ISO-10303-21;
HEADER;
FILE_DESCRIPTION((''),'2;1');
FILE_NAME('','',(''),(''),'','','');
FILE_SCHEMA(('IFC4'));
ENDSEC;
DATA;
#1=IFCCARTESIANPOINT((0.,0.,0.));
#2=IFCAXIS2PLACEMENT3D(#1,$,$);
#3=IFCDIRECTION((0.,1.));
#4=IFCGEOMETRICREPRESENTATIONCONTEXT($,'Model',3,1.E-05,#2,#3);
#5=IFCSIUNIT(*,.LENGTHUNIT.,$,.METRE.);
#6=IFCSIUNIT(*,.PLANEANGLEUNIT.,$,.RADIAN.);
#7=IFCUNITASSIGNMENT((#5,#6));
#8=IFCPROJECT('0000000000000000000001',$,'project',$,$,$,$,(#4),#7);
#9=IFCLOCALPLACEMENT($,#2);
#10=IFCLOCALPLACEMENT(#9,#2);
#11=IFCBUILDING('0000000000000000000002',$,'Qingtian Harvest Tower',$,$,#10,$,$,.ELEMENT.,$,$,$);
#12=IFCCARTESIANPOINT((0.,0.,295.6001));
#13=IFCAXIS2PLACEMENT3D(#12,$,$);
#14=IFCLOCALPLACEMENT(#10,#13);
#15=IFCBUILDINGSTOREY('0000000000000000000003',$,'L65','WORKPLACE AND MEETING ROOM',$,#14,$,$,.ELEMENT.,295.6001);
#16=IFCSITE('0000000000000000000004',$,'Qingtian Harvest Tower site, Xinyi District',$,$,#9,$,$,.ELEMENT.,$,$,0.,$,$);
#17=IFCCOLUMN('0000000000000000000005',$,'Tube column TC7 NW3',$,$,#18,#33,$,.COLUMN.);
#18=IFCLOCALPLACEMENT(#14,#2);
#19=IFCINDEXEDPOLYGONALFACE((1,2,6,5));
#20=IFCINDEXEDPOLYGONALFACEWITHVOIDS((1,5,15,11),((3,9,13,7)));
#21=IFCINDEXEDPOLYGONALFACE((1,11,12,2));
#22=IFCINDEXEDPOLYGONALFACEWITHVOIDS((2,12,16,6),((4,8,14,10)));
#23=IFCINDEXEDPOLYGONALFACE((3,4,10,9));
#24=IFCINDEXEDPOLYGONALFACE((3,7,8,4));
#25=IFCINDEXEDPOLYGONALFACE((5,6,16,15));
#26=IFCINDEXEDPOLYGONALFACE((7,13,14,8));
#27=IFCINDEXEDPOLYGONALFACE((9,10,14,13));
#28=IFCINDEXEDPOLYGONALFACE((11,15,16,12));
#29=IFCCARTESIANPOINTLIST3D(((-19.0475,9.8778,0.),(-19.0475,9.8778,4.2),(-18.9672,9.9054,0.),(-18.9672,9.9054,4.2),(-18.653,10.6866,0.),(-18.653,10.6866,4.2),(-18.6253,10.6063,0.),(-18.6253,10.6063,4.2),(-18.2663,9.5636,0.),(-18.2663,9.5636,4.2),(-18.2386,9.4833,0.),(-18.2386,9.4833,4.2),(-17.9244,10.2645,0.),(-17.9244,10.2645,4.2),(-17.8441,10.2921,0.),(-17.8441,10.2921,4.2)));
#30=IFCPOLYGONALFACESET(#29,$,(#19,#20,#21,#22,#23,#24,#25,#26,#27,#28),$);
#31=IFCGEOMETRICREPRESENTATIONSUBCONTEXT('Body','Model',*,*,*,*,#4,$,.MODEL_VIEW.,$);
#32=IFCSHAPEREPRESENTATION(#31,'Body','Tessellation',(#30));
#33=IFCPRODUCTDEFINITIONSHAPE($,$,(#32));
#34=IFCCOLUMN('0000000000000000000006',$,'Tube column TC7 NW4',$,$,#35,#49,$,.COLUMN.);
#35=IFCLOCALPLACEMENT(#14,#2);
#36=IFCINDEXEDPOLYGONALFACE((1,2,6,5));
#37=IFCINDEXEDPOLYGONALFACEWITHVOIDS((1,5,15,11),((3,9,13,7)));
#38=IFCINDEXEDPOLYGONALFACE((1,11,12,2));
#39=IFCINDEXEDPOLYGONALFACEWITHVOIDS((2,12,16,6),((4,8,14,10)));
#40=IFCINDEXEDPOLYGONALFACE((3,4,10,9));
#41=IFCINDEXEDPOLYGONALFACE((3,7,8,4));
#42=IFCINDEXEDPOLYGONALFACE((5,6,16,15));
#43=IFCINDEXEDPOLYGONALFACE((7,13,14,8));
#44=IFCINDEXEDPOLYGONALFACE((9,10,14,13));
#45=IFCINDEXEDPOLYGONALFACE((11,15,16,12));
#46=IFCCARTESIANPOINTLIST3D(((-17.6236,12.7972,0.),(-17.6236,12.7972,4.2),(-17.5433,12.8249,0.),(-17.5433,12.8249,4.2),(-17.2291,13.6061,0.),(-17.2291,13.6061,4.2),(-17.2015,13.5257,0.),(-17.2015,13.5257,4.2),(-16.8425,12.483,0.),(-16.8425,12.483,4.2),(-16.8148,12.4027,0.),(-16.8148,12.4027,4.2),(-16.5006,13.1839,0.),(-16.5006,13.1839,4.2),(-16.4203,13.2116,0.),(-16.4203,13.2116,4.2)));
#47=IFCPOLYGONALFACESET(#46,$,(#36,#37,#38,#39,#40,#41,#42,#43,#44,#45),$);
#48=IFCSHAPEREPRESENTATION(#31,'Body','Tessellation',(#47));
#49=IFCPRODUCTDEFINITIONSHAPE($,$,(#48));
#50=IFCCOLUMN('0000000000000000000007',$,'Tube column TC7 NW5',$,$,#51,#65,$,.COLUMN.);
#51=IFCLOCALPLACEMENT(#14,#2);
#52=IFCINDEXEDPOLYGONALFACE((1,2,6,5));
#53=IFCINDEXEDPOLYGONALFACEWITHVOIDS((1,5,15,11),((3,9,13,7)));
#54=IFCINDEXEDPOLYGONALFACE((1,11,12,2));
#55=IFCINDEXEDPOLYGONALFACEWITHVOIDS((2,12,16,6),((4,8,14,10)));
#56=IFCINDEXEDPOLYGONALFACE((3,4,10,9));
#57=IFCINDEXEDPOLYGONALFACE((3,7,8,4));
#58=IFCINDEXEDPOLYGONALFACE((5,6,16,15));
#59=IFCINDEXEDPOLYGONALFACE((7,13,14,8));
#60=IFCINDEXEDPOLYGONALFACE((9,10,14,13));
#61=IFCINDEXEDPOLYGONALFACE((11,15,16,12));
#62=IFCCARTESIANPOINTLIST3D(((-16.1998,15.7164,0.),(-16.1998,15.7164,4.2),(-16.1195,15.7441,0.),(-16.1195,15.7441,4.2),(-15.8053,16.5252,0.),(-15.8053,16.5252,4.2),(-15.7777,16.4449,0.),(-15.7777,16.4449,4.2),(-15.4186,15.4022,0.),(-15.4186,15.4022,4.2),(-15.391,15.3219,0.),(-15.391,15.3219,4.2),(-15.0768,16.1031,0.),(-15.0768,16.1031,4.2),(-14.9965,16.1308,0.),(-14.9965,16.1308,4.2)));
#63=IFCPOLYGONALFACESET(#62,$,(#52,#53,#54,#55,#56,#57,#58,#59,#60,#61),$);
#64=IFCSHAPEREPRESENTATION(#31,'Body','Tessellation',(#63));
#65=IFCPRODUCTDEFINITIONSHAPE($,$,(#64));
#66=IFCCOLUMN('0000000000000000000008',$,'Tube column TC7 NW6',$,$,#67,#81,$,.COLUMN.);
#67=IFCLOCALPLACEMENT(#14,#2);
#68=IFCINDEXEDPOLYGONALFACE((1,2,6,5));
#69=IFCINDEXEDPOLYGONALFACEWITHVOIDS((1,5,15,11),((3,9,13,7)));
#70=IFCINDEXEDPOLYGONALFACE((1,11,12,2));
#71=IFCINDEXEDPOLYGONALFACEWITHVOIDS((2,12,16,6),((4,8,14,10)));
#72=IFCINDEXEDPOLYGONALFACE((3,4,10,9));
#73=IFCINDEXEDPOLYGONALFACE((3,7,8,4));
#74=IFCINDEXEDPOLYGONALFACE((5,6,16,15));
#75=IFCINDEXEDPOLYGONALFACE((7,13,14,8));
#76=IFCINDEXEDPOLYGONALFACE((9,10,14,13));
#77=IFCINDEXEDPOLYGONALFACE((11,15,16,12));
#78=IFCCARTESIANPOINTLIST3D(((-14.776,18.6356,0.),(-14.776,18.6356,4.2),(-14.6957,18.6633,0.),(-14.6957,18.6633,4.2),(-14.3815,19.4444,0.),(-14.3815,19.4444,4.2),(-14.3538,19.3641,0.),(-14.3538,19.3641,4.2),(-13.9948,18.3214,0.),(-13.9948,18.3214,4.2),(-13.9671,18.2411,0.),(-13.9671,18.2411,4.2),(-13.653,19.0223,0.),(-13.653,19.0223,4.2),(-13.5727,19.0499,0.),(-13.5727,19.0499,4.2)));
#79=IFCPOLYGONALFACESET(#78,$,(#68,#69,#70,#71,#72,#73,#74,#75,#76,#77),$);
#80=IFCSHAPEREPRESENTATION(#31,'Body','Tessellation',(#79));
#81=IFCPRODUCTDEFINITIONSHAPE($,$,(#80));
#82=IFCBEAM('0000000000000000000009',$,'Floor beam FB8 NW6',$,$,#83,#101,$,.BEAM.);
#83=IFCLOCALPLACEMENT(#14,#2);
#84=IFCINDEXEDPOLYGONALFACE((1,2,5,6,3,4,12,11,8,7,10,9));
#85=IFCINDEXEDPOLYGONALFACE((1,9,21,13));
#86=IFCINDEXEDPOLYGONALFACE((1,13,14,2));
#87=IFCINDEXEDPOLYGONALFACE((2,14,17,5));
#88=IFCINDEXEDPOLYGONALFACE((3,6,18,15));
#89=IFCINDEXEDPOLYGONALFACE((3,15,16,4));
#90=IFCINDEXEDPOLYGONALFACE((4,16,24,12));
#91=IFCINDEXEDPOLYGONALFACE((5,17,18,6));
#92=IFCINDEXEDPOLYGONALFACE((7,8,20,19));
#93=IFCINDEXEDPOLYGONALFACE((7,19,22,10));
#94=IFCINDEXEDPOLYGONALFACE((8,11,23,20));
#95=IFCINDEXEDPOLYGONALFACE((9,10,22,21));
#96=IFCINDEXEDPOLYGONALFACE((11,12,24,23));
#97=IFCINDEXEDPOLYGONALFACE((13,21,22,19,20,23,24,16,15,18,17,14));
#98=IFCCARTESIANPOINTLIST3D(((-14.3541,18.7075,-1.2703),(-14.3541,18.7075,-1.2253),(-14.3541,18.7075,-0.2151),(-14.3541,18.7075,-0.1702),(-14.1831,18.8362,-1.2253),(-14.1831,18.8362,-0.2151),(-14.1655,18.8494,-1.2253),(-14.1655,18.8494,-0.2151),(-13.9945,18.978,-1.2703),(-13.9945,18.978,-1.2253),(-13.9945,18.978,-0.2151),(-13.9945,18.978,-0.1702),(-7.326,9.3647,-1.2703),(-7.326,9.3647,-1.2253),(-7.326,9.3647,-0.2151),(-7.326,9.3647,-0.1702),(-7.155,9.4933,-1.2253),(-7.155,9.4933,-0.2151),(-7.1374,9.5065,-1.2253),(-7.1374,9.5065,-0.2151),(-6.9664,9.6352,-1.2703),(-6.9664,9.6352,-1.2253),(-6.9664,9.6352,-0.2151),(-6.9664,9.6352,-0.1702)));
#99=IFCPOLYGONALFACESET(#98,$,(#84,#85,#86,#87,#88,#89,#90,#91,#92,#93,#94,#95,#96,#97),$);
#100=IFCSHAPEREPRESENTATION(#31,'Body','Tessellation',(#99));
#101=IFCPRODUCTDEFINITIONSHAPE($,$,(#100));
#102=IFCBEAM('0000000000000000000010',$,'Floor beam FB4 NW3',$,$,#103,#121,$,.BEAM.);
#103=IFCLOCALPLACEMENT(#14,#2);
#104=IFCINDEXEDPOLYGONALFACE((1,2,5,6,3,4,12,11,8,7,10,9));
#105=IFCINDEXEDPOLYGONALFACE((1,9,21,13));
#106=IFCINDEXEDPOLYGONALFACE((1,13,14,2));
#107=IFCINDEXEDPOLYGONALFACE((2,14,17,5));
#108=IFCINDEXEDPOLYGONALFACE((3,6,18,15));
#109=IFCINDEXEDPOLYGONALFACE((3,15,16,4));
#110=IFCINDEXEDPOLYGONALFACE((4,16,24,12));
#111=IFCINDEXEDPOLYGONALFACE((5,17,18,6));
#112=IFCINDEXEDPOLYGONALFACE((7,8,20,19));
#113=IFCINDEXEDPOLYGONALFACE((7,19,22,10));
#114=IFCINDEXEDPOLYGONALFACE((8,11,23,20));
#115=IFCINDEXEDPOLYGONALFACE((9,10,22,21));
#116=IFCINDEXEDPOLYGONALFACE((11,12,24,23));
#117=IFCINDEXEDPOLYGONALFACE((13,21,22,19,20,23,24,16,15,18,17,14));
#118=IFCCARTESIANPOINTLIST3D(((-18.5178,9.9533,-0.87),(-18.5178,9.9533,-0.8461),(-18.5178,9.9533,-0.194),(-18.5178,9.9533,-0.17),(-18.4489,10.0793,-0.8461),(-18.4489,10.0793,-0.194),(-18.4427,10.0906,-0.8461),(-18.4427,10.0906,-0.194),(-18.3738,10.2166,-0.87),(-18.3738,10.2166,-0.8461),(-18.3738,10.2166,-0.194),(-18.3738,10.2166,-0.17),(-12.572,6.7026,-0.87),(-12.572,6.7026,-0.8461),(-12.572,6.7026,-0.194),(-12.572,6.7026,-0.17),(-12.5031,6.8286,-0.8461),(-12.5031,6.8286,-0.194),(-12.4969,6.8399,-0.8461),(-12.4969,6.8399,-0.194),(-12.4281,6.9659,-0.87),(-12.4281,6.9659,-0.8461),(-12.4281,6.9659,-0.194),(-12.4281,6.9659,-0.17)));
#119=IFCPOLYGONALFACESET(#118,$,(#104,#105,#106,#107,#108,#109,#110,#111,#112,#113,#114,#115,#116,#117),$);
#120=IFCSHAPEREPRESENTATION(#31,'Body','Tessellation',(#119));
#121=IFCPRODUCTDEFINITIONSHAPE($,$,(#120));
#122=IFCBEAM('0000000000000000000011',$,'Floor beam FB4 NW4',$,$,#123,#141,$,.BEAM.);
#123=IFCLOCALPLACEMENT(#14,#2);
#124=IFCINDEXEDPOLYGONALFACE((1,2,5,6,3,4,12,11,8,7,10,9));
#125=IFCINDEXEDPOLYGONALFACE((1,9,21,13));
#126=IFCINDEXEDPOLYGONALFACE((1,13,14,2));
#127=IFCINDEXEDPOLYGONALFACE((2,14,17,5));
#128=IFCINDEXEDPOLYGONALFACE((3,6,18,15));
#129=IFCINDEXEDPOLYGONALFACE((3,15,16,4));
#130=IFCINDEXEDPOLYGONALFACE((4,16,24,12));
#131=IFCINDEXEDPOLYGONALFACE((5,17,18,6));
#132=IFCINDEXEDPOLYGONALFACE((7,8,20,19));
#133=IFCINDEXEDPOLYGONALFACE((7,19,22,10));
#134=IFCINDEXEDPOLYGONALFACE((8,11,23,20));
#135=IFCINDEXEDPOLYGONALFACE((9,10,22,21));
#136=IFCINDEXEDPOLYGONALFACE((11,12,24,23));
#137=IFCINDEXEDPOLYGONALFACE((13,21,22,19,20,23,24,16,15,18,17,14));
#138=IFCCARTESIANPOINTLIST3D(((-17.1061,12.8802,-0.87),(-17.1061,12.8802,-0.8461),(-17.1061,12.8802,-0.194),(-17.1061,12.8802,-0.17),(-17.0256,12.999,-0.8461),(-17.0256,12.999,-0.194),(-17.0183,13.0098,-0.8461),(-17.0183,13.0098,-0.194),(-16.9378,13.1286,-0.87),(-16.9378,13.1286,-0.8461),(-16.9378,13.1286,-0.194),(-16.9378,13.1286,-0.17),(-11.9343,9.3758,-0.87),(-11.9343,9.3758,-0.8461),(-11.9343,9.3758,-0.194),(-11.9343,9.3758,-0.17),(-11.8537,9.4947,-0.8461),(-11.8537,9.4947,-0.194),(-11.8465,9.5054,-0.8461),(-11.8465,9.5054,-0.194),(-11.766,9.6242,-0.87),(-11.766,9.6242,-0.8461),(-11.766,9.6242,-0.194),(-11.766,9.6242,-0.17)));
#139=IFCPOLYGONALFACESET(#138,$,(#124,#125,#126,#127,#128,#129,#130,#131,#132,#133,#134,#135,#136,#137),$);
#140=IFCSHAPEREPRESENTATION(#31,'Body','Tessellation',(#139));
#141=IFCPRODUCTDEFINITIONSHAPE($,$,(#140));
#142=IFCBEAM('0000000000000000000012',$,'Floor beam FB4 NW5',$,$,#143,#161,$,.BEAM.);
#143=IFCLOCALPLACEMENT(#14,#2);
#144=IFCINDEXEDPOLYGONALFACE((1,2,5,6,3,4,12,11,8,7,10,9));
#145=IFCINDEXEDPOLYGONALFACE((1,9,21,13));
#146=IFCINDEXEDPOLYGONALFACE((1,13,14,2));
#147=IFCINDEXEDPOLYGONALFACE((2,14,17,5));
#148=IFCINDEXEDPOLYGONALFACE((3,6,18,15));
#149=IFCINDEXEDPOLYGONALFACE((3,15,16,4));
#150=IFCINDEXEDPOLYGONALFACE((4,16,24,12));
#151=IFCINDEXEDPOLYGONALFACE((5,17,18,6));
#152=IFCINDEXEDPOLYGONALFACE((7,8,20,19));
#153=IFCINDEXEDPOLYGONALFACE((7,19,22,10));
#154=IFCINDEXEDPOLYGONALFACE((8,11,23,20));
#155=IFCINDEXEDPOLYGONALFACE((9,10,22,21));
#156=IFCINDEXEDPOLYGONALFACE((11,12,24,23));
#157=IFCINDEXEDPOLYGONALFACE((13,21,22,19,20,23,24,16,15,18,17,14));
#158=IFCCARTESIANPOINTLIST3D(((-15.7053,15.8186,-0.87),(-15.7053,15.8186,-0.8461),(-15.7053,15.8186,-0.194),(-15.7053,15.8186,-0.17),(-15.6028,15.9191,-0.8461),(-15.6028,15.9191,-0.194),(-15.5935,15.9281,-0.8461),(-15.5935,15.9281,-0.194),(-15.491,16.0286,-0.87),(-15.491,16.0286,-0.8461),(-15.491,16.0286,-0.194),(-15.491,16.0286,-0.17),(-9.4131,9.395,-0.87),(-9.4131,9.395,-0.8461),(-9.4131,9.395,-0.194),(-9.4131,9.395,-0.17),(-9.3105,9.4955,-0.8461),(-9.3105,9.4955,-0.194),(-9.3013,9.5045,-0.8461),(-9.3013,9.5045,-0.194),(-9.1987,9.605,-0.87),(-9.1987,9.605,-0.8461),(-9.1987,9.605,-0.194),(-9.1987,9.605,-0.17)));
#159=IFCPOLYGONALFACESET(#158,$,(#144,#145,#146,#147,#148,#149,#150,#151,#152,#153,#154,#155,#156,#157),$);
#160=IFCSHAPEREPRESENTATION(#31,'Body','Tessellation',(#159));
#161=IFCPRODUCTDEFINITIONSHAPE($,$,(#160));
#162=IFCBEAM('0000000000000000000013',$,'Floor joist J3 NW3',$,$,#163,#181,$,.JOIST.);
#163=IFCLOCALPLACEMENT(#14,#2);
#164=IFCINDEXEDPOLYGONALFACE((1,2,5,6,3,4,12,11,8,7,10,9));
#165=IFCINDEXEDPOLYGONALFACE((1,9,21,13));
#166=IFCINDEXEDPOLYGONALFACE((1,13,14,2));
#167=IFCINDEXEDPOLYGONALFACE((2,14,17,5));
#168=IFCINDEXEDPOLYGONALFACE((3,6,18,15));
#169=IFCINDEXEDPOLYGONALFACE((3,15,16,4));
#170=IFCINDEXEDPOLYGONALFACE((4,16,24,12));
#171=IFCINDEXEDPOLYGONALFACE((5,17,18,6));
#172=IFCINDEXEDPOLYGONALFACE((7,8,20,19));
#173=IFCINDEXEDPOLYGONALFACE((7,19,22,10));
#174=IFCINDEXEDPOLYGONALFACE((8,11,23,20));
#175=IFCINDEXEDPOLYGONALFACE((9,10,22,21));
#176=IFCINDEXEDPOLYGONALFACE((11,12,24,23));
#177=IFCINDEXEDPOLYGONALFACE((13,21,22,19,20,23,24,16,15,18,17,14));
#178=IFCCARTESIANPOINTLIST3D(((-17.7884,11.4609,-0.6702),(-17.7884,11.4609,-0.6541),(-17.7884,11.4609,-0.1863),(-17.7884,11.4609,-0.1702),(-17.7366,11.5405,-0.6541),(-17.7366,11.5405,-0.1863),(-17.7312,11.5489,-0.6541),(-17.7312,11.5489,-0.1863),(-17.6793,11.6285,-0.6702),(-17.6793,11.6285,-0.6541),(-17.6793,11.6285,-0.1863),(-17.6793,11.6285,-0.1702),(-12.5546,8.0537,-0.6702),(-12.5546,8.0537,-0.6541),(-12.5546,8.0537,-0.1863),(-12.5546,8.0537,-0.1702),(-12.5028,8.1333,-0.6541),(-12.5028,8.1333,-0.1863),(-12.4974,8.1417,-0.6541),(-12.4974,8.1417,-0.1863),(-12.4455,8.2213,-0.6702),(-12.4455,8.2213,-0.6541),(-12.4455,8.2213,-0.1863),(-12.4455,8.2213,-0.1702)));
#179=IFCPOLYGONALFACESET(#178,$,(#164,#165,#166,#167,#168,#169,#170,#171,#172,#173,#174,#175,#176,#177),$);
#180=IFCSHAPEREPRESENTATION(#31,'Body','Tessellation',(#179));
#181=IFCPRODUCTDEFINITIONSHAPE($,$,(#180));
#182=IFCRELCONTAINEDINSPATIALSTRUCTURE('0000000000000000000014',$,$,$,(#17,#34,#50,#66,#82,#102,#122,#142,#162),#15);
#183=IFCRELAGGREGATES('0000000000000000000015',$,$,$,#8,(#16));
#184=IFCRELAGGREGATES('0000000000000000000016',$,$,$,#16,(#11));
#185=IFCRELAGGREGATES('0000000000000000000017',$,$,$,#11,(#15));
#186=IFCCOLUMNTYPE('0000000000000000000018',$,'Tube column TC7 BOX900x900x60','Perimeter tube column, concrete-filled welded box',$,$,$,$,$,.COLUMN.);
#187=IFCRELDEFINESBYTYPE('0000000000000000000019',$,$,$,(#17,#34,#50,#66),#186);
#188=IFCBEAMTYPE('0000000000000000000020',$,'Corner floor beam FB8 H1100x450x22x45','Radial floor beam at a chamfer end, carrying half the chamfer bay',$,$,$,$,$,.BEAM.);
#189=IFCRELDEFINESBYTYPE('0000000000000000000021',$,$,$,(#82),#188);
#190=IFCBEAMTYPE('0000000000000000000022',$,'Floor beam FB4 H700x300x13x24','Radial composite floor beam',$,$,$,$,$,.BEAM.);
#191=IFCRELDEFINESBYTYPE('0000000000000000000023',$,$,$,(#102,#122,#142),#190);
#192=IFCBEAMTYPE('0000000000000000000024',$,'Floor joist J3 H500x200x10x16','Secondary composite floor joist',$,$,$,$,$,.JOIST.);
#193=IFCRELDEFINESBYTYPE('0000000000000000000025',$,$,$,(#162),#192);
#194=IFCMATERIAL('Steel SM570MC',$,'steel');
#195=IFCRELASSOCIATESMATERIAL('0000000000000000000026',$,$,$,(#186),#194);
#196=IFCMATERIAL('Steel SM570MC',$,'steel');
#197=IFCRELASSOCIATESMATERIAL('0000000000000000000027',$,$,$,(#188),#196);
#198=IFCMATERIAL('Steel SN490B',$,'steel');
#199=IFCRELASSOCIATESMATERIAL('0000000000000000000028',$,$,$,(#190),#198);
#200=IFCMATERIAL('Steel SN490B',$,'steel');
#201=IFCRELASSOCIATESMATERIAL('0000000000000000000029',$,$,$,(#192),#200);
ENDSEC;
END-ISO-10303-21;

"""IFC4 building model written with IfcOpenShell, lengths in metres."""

from ifc_helpers import new_model, si_unit, direction, frame, origin, origin_2d, place, context, subcontext, project, spatial, hollow_rectangle, i_section, extrude, material, material_profile, profile_set, type_object, element, save


model = new_model("IFC4")

# Units and contexts
model_context = context("Model", 3, precision=1e-05, world=origin(), true_north=direction((0.0, 1.0)))
body_context = subcontext(model_context, "Body", "Model", "MODEL_VIEW")
ifc_project = project(units=[si_unit("LENGTHUNIT", "METRE"), si_unit("PLANEANGLEUNIT", "RADIAN")], contexts=[model_context])

# Site, building, storey
site_placement = place(None, origin())
site = spatial("IfcSite", under=ifc_project, at=site_placement, Name="Qingtian Harvest Tower site, Xinyi District", CompositionType="ELEMENT", RefElevation=0.0)
building_placement = place(site_placement, origin())
building = spatial("IfcBuilding", under=site, at=building_placement, Name="Qingtian Harvest Tower", CompositionType="ELEMENT")
storey_placement = place(building_placement, frame((0.0, 0.0, 295.6001)))
storey = spatial("IfcBuildingStorey", under=building, at=storey_placement, Name="L65", Description="WORKPLACE AND MEETING ROOM", CompositionType="ELEMENT", Elevation=295.6001)

# Columns
ifc_material_1 = material(Name="Steel SM570MC", Category="steel")
ifc_material_profile_1 = material_profile(ifc_material_1, hollow_rectangle(XDim=0.8999, YDim=0.8999, WallThickness=0.0601, at=origin_2d()), Name="BOX900x900x60")
ifc_profile_set_1 = profile_set([ifc_material_profile_1], Name="Steel SM570MC")
column_type = type_object("IfcColumnType", Name="Tube column TC7 BOX900x900x60", Description="Perimeter tube column, concrete-filled welded box", PredefinedType="COLUMN", material=ifc_profile_set_1)
for number, where, z_axis, x_axis, name in (
    (1, (-18.4458, 10.085, 0.0), (0.0, 0.0, 1.0), (-0.438371, -0.898794, 0.0), "Tube column TC7 NW3"),
    (2, (-17.022, 13.0044, 0.0), (0.0, 0.0, 1.0), (-0.438371, -0.898794, 0.0), "Tube column TC7 NW4"),
    (3, (-15.5981, 15.9236, 0.0), (0.0, 0.0, 1.0), (-0.438371, -0.898794, 0.0), "Tube column TC7 NW5"),
    (4, (-14.1743, 18.8428, 0.0), (0.0, 0.0, 1.0), (-0.438371, -0.898794, 0.0), "Tube column TC7 NW6"),
):
    element("IfcColumn", number, at=place(storey_placement, frame(where, z_axis=z_axis, x_axis=x_axis)), inside=storey, type_object=column_type, Name=name, PredefinedType="COLUMN", context=body_context, shape_type="SweptSolid", body=[
        extrude(hollow_rectangle(XDim=0.8999, YDim=0.8999, WallThickness=0.0601, at=origin_2d()), origin(), (0.0, 0.0, 1.0), 4.2),
    ])

# Beams
ifc_material_2 = material(Name="Steel SM570MC", Category="steel")
ifc_material_profile_2 = material_profile(ifc_material_2, i_section(OverallWidth=0.45, OverallDepth=1.1001, WebThickness=0.022, FlangeThickness=0.0449, at=origin_2d()), Name="H1100x450x22x45")
ifc_profile_set_2 = profile_set([ifc_material_profile_2], Name="Steel SM570MC")
beam_type_1 = type_object("IfcBeamType", Name="Corner floor beam FB8 H1100x450x22x45", Description="Radial floor beam at a chamfer end, carrying half the chamfer bay", PredefinedType="BEAM", material=ifc_profile_set_2)
beam_1_placement = place(storey_placement, frame((-14.1743, 18.8428, -0.7202), z_axis=(0.601149, -0.799137, 0.0), x_axis=(0.799137, 0.601149, 0.0)))
element("IfcBeam", 5, at=beam_1_placement, inside=storey, type_object=beam_type_1, Name="Floor beam FB8 NW6", PredefinedType="BEAM", context=body_context, shape_type="SweptSolid", body=[
    extrude(i_section(OverallWidth=0.45, OverallDepth=1.1001, WebThickness=0.022, FlangeThickness=0.0449, at=origin_2d()), origin(), (0.0, 0.0, 1.0), 11.6912),
])
ifc_material_3 = material(Name="Steel SN490B", Category="steel")
ifc_material_profile_3 = material_profile(ifc_material_3, i_section(OverallWidth=0.3, OverallDepth=0.7, WebThickness=0.0129, FlangeThickness=0.0239, at=origin_2d()), Name="H700x300x13x24")
ifc_profile_set_3 = profile_set([ifc_material_profile_3], Name="Steel SN490B")
beam_type_2 = type_object("IfcBeamType", Name="Floor beam FB4 H700x300x13x24", Description="Radial composite floor beam", PredefinedType="BEAM", material=ifc_profile_set_3)
beam_2_placement = place(storey_placement, frame((-18.4458, 10.085, -0.52), z_axis=(0.877426, -0.479713, 0.0), x_axis=(0.479713, 0.877426, 0.0)))
element("IfcBeam", 6, at=beam_2_placement, inside=storey, type_object=beam_type_2, Name="Floor beam FB4 NW3", PredefinedType="BEAM", context=body_context, shape_type="SweptSolid", body=[
    extrude(i_section(OverallWidth=0.3, OverallDepth=0.7, WebThickness=0.0129, FlangeThickness=0.0239, at=origin_2d()), origin(), (0.0, 0.0, 1.0), 6.7764),
])
beam_3_placement = place(storey_placement, frame((-17.022, 13.0044, -0.52), z_axis=(0.827854, -0.560943, 0.0), x_axis=(0.560943, 0.827854, 0.0)))
element("IfcBeam", 7, at=beam_3_placement, inside=storey, type_object=beam_type_2, Name="Floor beam FB4 NW4", PredefinedType="BEAM", context=body_context, shape_type="SweptSolid", body=[
    extrude(i_section(OverallWidth=0.3, OverallDepth=0.7, WebThickness=0.0129, FlangeThickness=0.0239, at=origin_2d()), origin(), (0.0, 0.0, 1.0), 6.2473),
])
beam_4_placement = place(storey_placement, frame((-15.5981, 15.9236, -0.52), z_axis=(0.699765, -0.714373, 0.0), x_axis=(0.714373, 0.699765, 0.0)))
element("IfcBeam", 8, at=beam_4_placement, inside=storey, type_object=beam_type_2, Name="Floor beam FB4 NW5", PredefinedType="BEAM", context=body_context, shape_type="SweptSolid", body=[
    extrude(i_section(OverallWidth=0.3, OverallDepth=0.7, WebThickness=0.0129, FlangeThickness=0.0239, at=origin_2d()), origin(), (0.0, 0.0, 1.0), 8.9919),
])
ifc_material_4 = material(Name="Steel SN490B", Category="steel")
ifc_material_profile_4 = material_profile(ifc_material_4, i_section(OverallWidth=0.2, OverallDepth=0.5, WebThickness=0.01, FlangeThickness=0.0161, at=origin_2d()), Name="H500x200x10x16")
ifc_profile_set_4 = profile_set([ifc_material_profile_4], Name="Steel SN490B")
beam_type_3 = type_object("IfcBeamType", Name="Floor joist J3 H500x200x10x16", Description="Secondary composite floor joist", PredefinedType="JOIST", material=ifc_profile_set_4)
beam_5_placement = place(storey_placement, frame((-17.7339, 11.5447, -0.4202), z_axis=(0.838063, -0.545574, 0.0), x_axis=(0.545574, 0.838063, 0.0)))
element("IfcBeam", 9, at=beam_5_placement, inside=storey, type_object=beam_type_3, Name="Floor joist J3 NW3", PredefinedType="JOIST", context=body_context, shape_type="SweptSolid", body=[
    extrude(i_section(OverallWidth=0.2, OverallDepth=0.5, WebThickness=0.01, FlangeThickness=0.0161, at=origin_2d()), origin(), (0.0, 0.0, 1.0), 6.2451),
])

save(model, "model.ifc")
